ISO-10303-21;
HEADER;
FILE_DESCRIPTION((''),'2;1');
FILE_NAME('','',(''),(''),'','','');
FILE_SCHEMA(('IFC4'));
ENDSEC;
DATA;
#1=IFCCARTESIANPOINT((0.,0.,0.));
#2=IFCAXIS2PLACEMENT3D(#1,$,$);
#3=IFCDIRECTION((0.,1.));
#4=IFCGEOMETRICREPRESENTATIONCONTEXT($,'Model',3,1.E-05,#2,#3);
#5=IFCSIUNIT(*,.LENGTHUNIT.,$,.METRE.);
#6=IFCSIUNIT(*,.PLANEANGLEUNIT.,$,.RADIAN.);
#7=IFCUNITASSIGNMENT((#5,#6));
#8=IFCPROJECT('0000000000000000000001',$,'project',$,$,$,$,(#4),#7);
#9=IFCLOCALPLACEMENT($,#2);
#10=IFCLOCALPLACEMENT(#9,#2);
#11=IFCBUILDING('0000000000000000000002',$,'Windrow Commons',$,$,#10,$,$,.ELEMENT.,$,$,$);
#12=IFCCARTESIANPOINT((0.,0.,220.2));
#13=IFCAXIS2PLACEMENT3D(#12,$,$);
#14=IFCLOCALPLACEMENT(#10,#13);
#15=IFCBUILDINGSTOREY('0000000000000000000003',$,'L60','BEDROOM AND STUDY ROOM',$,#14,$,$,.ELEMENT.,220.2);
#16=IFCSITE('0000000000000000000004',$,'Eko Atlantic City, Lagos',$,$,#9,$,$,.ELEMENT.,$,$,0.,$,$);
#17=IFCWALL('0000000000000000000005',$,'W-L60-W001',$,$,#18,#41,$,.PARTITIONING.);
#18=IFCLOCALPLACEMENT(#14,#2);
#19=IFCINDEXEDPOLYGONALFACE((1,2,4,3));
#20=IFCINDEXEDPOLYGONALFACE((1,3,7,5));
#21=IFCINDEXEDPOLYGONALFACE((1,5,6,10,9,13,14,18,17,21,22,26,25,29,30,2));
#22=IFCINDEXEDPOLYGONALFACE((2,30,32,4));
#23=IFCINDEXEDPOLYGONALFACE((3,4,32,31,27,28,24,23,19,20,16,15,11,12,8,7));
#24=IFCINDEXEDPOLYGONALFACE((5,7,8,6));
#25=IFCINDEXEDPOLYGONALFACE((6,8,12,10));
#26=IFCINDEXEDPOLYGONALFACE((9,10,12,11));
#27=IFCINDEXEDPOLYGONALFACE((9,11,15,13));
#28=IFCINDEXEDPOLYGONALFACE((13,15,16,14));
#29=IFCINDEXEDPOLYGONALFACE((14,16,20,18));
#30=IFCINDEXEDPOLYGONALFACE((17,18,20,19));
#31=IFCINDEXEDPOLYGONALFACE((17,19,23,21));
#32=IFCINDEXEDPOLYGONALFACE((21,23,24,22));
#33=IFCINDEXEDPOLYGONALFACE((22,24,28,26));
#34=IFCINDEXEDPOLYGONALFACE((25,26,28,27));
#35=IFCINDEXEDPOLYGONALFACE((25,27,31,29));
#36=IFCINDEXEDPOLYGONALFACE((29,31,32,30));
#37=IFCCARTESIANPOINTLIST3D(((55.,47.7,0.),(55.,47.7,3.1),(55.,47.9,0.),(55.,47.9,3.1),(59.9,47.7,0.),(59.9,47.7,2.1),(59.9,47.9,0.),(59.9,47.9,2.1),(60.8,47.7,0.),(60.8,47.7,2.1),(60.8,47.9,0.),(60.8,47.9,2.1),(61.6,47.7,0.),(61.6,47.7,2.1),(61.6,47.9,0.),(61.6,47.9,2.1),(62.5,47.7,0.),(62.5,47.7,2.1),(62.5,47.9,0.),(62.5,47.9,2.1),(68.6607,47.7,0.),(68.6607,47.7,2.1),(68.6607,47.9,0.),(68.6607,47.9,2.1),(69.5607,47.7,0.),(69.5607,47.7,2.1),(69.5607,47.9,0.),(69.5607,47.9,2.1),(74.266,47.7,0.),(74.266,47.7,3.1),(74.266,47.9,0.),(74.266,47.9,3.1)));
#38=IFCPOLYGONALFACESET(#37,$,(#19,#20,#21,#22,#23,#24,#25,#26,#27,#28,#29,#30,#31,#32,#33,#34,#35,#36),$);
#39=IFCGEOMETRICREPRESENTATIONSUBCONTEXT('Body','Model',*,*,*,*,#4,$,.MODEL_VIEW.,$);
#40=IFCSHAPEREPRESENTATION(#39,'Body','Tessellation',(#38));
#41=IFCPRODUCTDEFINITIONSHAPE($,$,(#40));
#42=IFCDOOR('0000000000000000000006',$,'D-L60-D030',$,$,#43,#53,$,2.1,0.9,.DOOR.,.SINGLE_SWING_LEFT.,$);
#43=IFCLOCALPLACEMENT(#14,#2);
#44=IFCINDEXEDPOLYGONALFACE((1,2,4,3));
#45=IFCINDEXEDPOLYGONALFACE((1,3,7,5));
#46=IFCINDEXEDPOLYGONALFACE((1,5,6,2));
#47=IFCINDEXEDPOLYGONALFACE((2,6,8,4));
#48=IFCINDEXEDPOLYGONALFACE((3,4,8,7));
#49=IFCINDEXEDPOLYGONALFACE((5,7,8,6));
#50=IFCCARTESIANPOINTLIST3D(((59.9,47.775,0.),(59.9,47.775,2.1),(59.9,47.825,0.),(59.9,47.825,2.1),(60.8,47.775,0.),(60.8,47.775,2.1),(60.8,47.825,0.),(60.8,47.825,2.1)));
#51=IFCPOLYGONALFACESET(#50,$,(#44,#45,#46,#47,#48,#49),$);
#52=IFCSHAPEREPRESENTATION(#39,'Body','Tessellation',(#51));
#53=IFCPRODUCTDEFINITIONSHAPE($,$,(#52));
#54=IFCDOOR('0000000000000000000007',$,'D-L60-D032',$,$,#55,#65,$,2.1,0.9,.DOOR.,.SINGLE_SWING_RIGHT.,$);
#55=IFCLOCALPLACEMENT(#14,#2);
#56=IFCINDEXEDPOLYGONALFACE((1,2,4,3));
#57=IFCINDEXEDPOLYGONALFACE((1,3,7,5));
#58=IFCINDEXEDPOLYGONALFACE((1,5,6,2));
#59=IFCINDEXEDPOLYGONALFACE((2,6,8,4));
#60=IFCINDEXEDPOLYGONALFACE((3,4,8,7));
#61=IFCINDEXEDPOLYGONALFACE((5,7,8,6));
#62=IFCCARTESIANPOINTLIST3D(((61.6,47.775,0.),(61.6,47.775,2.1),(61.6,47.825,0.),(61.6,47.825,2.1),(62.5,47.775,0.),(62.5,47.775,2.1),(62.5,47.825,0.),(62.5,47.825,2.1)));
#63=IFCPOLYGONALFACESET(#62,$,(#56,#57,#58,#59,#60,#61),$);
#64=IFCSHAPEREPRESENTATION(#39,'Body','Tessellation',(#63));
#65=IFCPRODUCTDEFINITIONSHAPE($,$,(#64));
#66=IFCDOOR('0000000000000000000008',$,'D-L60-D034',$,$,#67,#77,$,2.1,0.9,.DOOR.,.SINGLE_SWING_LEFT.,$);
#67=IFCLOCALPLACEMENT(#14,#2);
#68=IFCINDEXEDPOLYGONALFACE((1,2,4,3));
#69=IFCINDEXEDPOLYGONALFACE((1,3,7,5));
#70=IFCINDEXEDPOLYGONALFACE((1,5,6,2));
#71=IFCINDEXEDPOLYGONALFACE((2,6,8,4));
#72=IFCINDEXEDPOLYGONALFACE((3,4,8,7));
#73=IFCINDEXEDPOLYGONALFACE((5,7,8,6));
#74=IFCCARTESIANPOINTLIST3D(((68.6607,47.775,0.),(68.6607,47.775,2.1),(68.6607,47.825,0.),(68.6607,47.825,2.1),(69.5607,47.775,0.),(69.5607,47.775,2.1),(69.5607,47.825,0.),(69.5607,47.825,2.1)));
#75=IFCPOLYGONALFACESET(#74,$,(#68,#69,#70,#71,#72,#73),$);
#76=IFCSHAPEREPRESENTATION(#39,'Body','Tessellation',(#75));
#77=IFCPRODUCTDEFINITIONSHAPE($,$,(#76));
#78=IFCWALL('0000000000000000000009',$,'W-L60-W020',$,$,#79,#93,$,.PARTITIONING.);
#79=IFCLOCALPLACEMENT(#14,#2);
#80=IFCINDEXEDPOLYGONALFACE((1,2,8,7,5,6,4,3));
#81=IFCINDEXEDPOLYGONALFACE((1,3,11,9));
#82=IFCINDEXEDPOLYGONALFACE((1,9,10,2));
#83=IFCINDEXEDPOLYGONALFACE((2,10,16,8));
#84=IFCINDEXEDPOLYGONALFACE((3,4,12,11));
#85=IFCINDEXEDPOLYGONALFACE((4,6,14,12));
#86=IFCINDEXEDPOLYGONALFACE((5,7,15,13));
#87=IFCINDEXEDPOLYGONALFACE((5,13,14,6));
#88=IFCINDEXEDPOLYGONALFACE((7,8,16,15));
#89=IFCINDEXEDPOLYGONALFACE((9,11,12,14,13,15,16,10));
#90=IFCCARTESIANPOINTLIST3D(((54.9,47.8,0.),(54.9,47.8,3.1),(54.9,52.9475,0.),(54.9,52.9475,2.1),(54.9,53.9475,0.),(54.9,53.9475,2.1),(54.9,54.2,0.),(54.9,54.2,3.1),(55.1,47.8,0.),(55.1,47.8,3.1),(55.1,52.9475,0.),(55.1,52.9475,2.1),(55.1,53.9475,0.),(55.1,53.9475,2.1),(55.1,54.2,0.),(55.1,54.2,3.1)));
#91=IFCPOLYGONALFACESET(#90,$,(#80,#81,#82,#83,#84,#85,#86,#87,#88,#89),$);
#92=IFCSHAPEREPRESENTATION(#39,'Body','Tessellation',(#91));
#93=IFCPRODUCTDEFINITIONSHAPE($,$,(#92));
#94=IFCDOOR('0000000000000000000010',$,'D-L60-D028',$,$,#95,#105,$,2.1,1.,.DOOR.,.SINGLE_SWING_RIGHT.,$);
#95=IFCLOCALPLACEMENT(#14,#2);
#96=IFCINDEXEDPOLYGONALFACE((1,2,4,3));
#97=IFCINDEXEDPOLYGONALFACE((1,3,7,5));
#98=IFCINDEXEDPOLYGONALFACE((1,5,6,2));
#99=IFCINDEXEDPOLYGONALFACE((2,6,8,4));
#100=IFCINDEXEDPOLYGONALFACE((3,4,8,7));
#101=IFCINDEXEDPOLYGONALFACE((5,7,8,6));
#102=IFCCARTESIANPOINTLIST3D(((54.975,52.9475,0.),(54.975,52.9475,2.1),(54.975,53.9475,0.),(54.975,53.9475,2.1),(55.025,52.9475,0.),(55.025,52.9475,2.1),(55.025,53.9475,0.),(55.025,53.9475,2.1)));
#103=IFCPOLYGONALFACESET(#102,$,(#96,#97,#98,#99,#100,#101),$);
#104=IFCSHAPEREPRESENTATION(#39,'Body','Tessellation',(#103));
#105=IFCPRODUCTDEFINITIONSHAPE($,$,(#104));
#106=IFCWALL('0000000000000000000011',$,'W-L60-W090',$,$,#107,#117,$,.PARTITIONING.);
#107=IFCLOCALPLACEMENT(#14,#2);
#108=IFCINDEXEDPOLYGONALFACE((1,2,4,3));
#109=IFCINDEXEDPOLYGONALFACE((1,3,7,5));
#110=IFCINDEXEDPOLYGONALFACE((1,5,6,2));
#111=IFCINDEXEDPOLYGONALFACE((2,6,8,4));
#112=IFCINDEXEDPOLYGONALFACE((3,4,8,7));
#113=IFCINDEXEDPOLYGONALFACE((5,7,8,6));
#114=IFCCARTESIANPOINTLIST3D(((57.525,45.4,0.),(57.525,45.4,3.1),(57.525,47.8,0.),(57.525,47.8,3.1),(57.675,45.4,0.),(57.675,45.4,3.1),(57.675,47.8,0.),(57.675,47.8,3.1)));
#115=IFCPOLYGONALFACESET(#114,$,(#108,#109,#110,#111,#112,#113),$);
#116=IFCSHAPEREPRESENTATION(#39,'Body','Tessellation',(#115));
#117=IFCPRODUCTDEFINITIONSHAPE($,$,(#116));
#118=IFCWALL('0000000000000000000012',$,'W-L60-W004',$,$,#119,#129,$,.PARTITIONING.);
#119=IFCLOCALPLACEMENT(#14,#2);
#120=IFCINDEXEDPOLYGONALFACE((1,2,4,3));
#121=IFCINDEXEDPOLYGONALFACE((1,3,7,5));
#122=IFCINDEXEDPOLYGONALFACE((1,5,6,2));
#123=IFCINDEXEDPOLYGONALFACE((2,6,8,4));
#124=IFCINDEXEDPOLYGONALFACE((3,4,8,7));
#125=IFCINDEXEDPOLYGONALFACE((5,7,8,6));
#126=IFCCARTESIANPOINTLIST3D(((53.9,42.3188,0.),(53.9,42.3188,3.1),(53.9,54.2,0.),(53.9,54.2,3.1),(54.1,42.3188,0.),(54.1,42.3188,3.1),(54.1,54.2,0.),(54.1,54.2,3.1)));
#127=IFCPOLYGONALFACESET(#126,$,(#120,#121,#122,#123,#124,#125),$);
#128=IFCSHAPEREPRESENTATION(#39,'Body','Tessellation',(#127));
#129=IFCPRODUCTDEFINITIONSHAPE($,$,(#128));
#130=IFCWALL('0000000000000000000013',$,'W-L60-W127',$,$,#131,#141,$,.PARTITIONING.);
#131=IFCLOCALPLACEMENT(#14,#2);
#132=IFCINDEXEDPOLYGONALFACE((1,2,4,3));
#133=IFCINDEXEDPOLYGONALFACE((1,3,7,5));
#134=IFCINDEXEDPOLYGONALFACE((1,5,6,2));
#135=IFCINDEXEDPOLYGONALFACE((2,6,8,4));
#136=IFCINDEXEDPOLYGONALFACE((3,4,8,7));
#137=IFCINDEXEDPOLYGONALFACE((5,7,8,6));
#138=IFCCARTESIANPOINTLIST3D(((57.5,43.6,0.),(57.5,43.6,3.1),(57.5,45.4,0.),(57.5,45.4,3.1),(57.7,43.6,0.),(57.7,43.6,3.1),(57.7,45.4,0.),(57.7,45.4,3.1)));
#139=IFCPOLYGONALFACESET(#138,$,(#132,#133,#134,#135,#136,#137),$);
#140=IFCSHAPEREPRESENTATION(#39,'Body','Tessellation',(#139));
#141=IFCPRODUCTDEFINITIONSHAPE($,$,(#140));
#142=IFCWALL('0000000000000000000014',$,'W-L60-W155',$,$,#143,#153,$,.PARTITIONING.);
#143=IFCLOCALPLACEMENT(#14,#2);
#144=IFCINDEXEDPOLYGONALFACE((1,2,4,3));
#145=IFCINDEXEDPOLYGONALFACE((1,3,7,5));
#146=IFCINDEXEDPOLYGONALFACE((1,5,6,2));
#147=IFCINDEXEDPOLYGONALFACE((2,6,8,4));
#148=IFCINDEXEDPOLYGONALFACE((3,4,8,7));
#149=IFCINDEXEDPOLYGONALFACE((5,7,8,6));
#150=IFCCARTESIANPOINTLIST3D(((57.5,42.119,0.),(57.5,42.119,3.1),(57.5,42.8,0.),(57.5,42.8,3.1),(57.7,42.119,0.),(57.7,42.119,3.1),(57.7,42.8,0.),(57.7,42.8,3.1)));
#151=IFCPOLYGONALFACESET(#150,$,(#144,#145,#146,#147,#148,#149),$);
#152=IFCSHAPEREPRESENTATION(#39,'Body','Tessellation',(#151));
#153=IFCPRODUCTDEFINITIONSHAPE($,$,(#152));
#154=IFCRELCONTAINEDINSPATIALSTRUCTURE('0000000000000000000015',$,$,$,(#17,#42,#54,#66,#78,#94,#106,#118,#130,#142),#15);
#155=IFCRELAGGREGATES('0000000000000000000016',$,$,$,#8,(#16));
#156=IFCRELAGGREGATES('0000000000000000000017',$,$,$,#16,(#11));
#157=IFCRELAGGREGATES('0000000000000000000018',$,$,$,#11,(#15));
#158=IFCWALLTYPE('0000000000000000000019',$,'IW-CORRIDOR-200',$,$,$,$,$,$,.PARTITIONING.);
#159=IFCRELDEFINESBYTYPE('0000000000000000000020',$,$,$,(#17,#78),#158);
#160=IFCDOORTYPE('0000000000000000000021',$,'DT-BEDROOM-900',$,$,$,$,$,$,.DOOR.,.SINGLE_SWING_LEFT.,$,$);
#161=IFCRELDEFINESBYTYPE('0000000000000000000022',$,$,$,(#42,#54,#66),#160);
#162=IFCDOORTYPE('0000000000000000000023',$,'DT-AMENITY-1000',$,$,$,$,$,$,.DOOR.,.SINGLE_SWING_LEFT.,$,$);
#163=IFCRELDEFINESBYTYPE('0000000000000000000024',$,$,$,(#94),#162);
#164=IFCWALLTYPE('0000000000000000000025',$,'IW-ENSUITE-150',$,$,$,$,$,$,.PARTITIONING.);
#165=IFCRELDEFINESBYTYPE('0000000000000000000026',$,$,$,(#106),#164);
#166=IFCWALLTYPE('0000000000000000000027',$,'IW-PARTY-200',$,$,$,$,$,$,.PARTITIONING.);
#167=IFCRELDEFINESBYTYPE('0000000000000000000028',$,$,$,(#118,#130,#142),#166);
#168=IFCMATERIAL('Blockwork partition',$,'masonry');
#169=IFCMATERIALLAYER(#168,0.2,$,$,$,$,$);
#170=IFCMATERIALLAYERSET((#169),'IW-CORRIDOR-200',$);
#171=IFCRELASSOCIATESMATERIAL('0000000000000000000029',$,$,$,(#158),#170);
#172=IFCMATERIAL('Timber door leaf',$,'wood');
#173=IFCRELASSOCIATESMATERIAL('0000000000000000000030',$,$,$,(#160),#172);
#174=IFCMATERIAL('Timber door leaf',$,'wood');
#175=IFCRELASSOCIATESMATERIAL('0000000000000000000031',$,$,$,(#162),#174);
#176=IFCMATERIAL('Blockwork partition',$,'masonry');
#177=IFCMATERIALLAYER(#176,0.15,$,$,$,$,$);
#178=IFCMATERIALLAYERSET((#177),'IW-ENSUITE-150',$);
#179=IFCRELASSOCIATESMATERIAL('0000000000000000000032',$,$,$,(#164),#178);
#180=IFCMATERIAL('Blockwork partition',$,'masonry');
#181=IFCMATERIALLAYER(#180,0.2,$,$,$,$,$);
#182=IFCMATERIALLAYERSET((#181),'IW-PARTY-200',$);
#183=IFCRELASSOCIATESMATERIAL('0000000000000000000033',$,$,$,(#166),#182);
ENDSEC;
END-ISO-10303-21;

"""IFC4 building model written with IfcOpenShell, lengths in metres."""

from ifc_helpers import new_model, si_unit, direction, frame, frame_2d, origin, place, context, subcontext, project, spatial, rectangle, extrude, material, layer, layer_set, type_object, element, fill, save


model = new_model("IFC4")

# Units and contexts
model_context = context("Model", 3, precision=1e-05, world=origin(), true_north=direction((0.0, 1.0)))
body_context = subcontext(model_context, "Body", "Model", "MODEL_VIEW")
ifc_project = project(units=[si_unit("LENGTHUNIT", "METRE"), si_unit("PLANEANGLEUNIT", "RADIAN")], contexts=[model_context])

# Site, building, storey
site_placement = place(None, origin())
site = spatial("IfcSite", under=ifc_project, at=site_placement, Name="Eko Atlantic City, Lagos", CompositionType="ELEMENT", RefElevation=0.0)
building_placement = place(site_placement, origin())
building = spatial("IfcBuilding", under=site, at=building_placement, Name="Windrow Commons", CompositionType="ELEMENT")
storey_placement = place(building_placement, frame((0.0, 0.0, 220.2)))
storey = spatial("IfcBuildingStorey", under=building, at=storey_placement, Name="L60", Description="BEDROOM AND STUDY ROOM", CompositionType="ELEMENT", Elevation=220.2)

# Wall, openings, doors
ifc_material_1 = material(Name="Blockwork partition", Category="masonry")
ifc_layer_1 = layer(ifc_material_1, 0.2)
ifc_layer_set_1 = layer_set([ifc_layer_1], Name="IW-CORRIDOR-200")
wall_type_1 = type_object("IfcWallType", Name="IW-CORRIDOR-200", PredefinedType="PARTITIONING", material=ifc_layer_set_1)
wall_1_placement = place(storey_placement, frame((55.0, 47.8, 0.0), z_axis=(0.0, 0.0, 1.0), x_axis=(1.0, 0.0, 0.0)))
wall_1 = element("IfcWall", 1, at=wall_1_placement, inside=storey, type_object=wall_type_1, Name="W-L60-W001", PredefinedType="PARTITIONING", context=body_context, shape_type="SweptSolid", body=[
    extrude(rectangle(XDim=19.266, YDim=0.2, at=frame_2d((9.633, 0.0))), origin(), (0.0, 0.0, 1.0), 3.1),
])
opening_1_placement = place(wall_1_placement, frame((4.9, 0.0, 0.0)))
opening_1 = element("IfcOpeningElement", 2, at=opening_1_placement, cuts=wall_1, PredefinedType="OPENING", context=body_context, shape_type="SweptSolid", body=[
    extrude(rectangle(XDim=0.9, YDim=2.1, at=frame_2d((0.45, 1.05))), frame((0.0, 0.11, 0.0), z_axis=(0.0, -1.0, 0.0), x_axis=(1.0, 0.0, 0.0)), (0.0, 0.0, 1.0), 0.22),
])
opening_2_placement = place(wall_1_placement, frame((6.6, 0.0, 0.0)))
opening_2 = element("IfcOpeningElement", 3, at=opening_2_placement, cuts=wall_1, PredefinedType="OPENING", context=body_context, shape_type="SweptSolid", body=[
    extrude(rectangle(XDim=0.9, YDim=2.1, at=frame_2d((0.45, 1.05))), frame((0.0, 0.11, 0.0), z_axis=(0.0, -1.0, 0.0), x_axis=(1.0, 0.0, 0.0)), (0.0, 0.0, 1.0), 0.22),
])
opening_3_placement = place(wall_1_placement, frame((13.6607, 0.0, 0.0)))
opening_3 = element("IfcOpeningElement", 4, at=opening_3_placement, cuts=wall_1, PredefinedType="OPENING", context=body_context, shape_type="SweptSolid", body=[
    extrude(rectangle(XDim=0.9, YDim=2.1, at=frame_2d((0.45, 1.05))), frame((0.0, 0.11, 0.0), z_axis=(0.0, -1.0, 0.0), x_axis=(1.0, 0.0, 0.0)), (0.0, 0.0, 1.0), 0.22),
])
ifc_material_2 = material(Name="Timber door leaf", Category="wood")
door_type_1 = type_object("IfcDoorType", Name="DT-BEDROOM-900", OperationType="SINGLE_SWING_LEFT", PredefinedType="DOOR", material=ifc_material_2)
door_1_placement = place(opening_1_placement, origin())
door_1 = element("IfcDoor", 5, at=door_1_placement, inside=storey, type_object=door_type_1, Name="D-L60-D030", OperationType="SINGLE_SWING_LEFT", OverallHeight=2.1, OverallWidth=0.9, PredefinedType="DOOR", context=body_context, shape_type="SweptSolid", body=[
    extrude(rectangle(XDim=0.9, YDim=2.1, at=frame_2d((0.45, 1.05))), frame((0.0, 0.025, 0.0), z_axis=(0.0, -1.0, 0.0), x_axis=(1.0, 0.0, 0.0)), (0.0, 0.0, 1.0), 0.05),
])
fill(opening_1, door_1)
door_2_placement = place(opening_2_placement, origin())
door_2 = element("IfcDoor", 6, at=door_2_placement, inside=storey, type_object=door_type_1, Name="D-L60-D032", OperationType="SINGLE_SWING_RIGHT", OverallHeight=2.1, OverallWidth=0.9, PredefinedType="DOOR", context=body_context, shape_type="SweptSolid", body=[
    extrude(rectangle(XDim=0.9, YDim=2.1, at=frame_2d((0.45, 1.05))), frame((0.0, 0.025, 0.0), z_axis=(0.0, -1.0, 0.0), x_axis=(1.0, 0.0, 0.0)), (0.0, 0.0, 1.0), 0.05),
])
fill(opening_2, door_2)
door_3_placement = place(opening_3_placement, origin())
door_3 = element("IfcDoor", 7, at=door_3_placement, inside=storey, type_object=door_type_1, Name="D-L60-D034", OperationType="SINGLE_SWING_LEFT", OverallHeight=2.1, OverallWidth=0.9, PredefinedType="DOOR", context=body_context, shape_type="SweptSolid", body=[
    extrude(rectangle(XDim=0.9, YDim=2.1, at=frame_2d((0.45, 1.05))), frame((0.0, 0.025, 0.0), z_axis=(0.0, -1.0, 0.0), x_axis=(1.0, 0.0, 0.0)), (0.0, 0.0, 1.0), 0.05),
])
fill(opening_3, door_3)

# Wall, opening, door
wall_2_placement = place(storey_placement, frame((55.0, 47.8, 0.0), z_axis=(0.0, 0.0, 1.0), x_axis=(0.0, 1.0, 0.0)))
wall_2 = element("IfcWall", 8, at=wall_2_placement, inside=storey, type_object=wall_type_1, Name="W-L60-W020", PredefinedType="PARTITIONING", context=body_context, shape_type="SweptSolid", body=[
    extrude(rectangle(XDim=6.4, YDim=0.2, at=frame_2d((3.2, 0.0))), origin(), (0.0, 0.0, 1.0), 3.1),
])
opening_4_placement = place(wall_2_placement, frame((5.1475, 0.0, 0.0)))
opening_4 = element("IfcOpeningElement", 9, at=opening_4_placement, cuts=wall_2, PredefinedType="OPENING", context=body_context, shape_type="SweptSolid", body=[
    extrude(rectangle(XDim=1.0, YDim=2.1, at=frame_2d((0.5, 1.05))), frame((0.0, 0.11, 0.0), z_axis=(0.0, -1.0, 0.0), x_axis=(1.0, 0.0, 0.0)), (0.0, 0.0, 1.0), 0.22),
])
ifc_material_3 = material(Name="Timber door leaf", Category="wood")
door_type_2 = type_object("IfcDoorType", Name="DT-AMENITY-1000", OperationType="SINGLE_SWING_LEFT", PredefinedType="DOOR", material=ifc_material_3)
door_4_placement = place(opening_4_placement, origin())
door_4 = element("IfcDoor", 10, at=door_4_placement, inside=storey, type_object=door_type_2, Name="D-L60-D028", OperationType="SINGLE_SWING_RIGHT", OverallHeight=2.1, OverallWidth=1.0, PredefinedType="DOOR", context=body_context, shape_type="SweptSolid", body=[
    extrude(rectangle(XDim=1.0, YDim=2.1, at=frame_2d((0.5, 1.05))), frame((0.0, 0.025, 0.0), z_axis=(0.0, -1.0, 0.0), x_axis=(1.0, 0.0, 0.0)), (0.0, 0.0, 1.0), 0.05),
])
fill(opening_4, door_4)

# Walls
ifc_material_4 = material(Name="Blockwork partition", Category="masonry")
ifc_layer_2 = layer(ifc_material_4, 0.15)
ifc_layer_set_2 = layer_set([ifc_layer_2], Name="IW-ENSUITE-150")
wall_type_2 = type_object("IfcWallType", Name="IW-ENSUITE-150", PredefinedType="PARTITIONING", material=ifc_layer_set_2)
wall_3_placement = place(storey_placement, frame((57.6, 45.4, 0.0), z_axis=(0.0, 0.0, 1.0), x_axis=(0.0, 1.0, 0.0)))
element("IfcWall", 11, at=wall_3_placement, inside=storey, type_object=wall_type_2, Name="W-L60-W090", PredefinedType="PARTITIONING", context=body_context, shape_type="SweptSolid", body=[
    extrude(rectangle(XDim=2.4, YDim=0.15, at=frame_2d((1.2, 0.0))), origin(), (0.0, 0.0, 1.0), 3.1),
])
ifc_material_5 = material(Name="Blockwork partition", Category="masonry")
ifc_layer_3 = layer(ifc_material_5, 0.2)
ifc_layer_set_3 = layer_set([ifc_layer_3], Name="IW-PARTY-200")
wall_type_3 = type_object("IfcWallType", Name="IW-PARTY-200", PredefinedType="PARTITIONING", material=ifc_layer_set_3)
wall_4_placement = place(storey_placement, frame((54.0, 42.3189, 0.0), z_axis=(0.0, 0.0, 1.0), x_axis=(0.0, 1.0, 0.0)))
element("IfcWall", 12, at=wall_4_placement, inside=storey, type_object=wall_type_3, Name="W-L60-W004", PredefinedType="PARTITIONING", context=body_context, shape_type="SweptSolid", body=[
    extrude(rectangle(XDim=11.8811, YDim=0.2, at=frame_2d((5.9405, 0.0))), origin(), (0.0, 0.0, 1.0), 3.1),
])
wall_5_placement = place(storey_placement, frame((57.6, 43.6, 0.0), z_axis=(0.0, 0.0, 1.0), x_axis=(0.0, 1.0, 0.0)))
element("IfcWall", 13, at=wall_5_placement, inside=storey, type_object=wall_type_3, Name="W-L60-W127", PredefinedType="PARTITIONING", context=body_context, shape_type="SweptSolid", body=[
    extrude(rectangle(XDim=1.8, YDim=0.2, at=frame_2d((0.9, 0.0))), origin(), (0.0, 0.0, 1.0), 3.1),
])
wall_6_placement = place(storey_placement, frame((57.6, 42.119, 0.0), z_axis=(0.0, 0.0, 1.0), x_axis=(0.0, 1.0, 0.0)))
element("IfcWall", 14, at=wall_6_placement, inside=storey, type_object=wall_type_3, Name="W-L60-W155", PredefinedType="PARTITIONING", context=body_context, shape_type="SweptSolid", body=[
    extrude(rectangle(XDim=0.681, YDim=0.2, at=frame_2d((0.3405, 0.0))), origin(), (0.0, 0.0, 1.0), 3.1),
])

save(model, "model.ifc")
